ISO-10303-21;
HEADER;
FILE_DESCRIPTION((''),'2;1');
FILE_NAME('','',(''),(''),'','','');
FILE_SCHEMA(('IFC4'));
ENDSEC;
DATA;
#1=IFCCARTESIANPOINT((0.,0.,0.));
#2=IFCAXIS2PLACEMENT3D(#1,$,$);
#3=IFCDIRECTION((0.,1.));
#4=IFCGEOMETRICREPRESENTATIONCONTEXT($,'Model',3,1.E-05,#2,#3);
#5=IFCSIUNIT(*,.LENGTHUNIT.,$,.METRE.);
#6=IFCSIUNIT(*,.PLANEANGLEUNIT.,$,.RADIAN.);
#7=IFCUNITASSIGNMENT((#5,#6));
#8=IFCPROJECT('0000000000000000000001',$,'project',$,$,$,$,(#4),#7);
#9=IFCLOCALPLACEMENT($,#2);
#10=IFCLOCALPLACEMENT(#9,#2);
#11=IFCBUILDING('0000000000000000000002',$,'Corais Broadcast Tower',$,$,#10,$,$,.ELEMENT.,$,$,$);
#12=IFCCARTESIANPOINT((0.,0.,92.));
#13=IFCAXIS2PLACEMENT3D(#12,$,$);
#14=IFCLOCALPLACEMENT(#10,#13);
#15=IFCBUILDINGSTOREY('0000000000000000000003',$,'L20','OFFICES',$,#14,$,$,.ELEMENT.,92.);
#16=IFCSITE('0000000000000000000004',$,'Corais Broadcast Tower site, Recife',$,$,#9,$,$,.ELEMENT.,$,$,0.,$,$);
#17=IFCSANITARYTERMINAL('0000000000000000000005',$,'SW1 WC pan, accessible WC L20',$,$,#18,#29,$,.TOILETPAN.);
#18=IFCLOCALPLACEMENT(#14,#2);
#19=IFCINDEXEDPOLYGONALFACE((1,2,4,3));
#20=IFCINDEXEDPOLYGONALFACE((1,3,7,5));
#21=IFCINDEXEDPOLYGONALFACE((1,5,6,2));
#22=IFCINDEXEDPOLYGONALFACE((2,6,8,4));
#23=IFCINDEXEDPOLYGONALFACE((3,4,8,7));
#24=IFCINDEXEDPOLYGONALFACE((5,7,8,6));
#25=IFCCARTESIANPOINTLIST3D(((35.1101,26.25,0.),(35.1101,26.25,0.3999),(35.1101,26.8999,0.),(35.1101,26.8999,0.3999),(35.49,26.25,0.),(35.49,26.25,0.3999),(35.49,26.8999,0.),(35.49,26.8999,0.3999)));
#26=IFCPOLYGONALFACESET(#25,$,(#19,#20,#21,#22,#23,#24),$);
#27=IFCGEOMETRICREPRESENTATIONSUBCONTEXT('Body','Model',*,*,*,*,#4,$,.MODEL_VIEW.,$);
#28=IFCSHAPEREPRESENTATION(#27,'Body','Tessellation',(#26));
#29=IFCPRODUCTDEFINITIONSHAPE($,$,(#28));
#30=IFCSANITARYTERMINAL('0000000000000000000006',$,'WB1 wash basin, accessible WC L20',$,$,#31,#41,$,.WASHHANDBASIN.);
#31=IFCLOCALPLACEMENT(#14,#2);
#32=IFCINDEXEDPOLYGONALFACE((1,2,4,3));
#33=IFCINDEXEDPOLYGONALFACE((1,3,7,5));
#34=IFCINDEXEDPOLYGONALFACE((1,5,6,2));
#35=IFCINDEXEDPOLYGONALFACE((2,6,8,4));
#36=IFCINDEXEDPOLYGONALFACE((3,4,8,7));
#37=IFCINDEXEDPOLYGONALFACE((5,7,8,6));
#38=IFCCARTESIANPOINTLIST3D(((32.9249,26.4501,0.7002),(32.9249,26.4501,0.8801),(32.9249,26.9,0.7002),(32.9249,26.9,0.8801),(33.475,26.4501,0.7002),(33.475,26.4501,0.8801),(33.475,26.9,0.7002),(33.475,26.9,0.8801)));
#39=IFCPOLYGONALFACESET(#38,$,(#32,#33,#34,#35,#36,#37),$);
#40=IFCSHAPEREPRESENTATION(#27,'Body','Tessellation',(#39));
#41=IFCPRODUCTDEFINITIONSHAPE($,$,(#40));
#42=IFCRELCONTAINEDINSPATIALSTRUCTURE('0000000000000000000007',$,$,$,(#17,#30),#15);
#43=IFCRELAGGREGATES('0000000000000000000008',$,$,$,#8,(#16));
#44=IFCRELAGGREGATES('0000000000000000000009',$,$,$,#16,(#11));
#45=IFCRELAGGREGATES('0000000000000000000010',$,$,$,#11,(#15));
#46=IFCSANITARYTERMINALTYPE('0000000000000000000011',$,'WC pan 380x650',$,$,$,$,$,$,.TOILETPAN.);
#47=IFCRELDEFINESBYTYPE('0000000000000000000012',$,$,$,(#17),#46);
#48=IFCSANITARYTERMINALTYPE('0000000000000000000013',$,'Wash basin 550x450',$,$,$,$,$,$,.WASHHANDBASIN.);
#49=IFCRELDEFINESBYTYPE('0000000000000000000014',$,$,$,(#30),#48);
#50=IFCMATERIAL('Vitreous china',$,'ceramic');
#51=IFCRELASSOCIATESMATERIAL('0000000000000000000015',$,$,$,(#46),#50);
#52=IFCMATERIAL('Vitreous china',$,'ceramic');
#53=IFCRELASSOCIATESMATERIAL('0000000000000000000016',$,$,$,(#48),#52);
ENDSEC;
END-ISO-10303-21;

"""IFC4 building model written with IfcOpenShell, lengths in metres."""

from ifc_helpers import new_model, si_unit, direction, frame, origin, origin_2d, place, context, subcontext, project, spatial, rectangle, extrude, material, type_object, element, save


model = new_model("IFC4")

# Units and contexts
model_context = context("Model", 3, precision=1e-05, world=origin(), true_north=direction((0.0, 1.0)))
body_context = subcontext(model_context, "Body", "Model", "MODEL_VIEW")
ifc_project = project(units=[si_unit("LENGTHUNIT", "METRE"), si_unit("PLANEANGLEUNIT", "RADIAN")], contexts=[model_context])

# Site, building, storey
site_placement = place(None, origin())
site = spatial("IfcSite", under=ifc_project, at=site_placement, Name="Corais Broadcast Tower site, Recife", CompositionType="ELEMENT", RefElevation=0.0)
building_placement = place(site_placement, origin())
building = spatial("IfcBuilding", under=site, at=building_placement, Name="Corais Broadcast Tower", CompositionType="ELEMENT")
storey_placement = place(building_placement, frame((0.0, 0.0, 92.0)))
storey = spatial("IfcBuildingStorey", under=building, at=storey_placement, Name="L20", Description="OFFICES", CompositionType="ELEMENT", Elevation=92.0)

# Sanitary terminals
ifc_material_1 = material(Name="Vitreous china", Category="ceramic")
sanitary_terminal_type_1 = type_object("IfcSanitaryTerminalType", Name="WC pan 380x650", PredefinedType="TOILETPAN", material=ifc_material_1)
for number, where, z_axis, x_axis, name in (
    (1, (35.3, 26.575, 0.0), (0.0, 0.0, 1.0), (1.0, 0.0, 0.0), "SW1 WC pan, accessible WC L20"),
):
    element("IfcSanitaryTerminal", number, at=place(storey_placement, frame(where, z_axis=z_axis, x_axis=x_axis)), inside=storey, type_object=sanitary_terminal_type_1, Name=name, PredefinedType="TOILETPAN", context=body_context, shape_type="SweptSolid", body=[
        extrude(rectangle(XDim=0.3799, YDim=0.6499, at=origin_2d()), origin(), (0.0, 0.0, 1.0), 0.3999),
    ])
ifc_material_2 = material(Name="Vitreous china", Category="ceramic")
sanitary_terminal_type_2 = type_object("IfcSanitaryTerminalType", Name="Wash basin 550x450", PredefinedType="WASHHANDBASIN", material=ifc_material_2)
sanitary_terminal_placement = place(storey_placement, frame((33.2, 26.675, 0.7002), z_axis=(0.0, 0.0, 1.0), x_axis=(1.0, 0.0, 0.0)))
element("IfcSanitaryTerminal", 2, at=sanitary_terminal_placement, inside=storey, type_object=sanitary_terminal_type_2, Name="WB1 wash basin, accessible WC L20", PredefinedType="WASHHANDBASIN", context=body_context, shape_type="SweptSolid", body=[
    extrude(rectangle(XDim=0.55, YDim=0.45, at=origin_2d()), origin(), (0.0, 0.0, 1.0), 0.1799),
])

save(model, "model.ifc")
